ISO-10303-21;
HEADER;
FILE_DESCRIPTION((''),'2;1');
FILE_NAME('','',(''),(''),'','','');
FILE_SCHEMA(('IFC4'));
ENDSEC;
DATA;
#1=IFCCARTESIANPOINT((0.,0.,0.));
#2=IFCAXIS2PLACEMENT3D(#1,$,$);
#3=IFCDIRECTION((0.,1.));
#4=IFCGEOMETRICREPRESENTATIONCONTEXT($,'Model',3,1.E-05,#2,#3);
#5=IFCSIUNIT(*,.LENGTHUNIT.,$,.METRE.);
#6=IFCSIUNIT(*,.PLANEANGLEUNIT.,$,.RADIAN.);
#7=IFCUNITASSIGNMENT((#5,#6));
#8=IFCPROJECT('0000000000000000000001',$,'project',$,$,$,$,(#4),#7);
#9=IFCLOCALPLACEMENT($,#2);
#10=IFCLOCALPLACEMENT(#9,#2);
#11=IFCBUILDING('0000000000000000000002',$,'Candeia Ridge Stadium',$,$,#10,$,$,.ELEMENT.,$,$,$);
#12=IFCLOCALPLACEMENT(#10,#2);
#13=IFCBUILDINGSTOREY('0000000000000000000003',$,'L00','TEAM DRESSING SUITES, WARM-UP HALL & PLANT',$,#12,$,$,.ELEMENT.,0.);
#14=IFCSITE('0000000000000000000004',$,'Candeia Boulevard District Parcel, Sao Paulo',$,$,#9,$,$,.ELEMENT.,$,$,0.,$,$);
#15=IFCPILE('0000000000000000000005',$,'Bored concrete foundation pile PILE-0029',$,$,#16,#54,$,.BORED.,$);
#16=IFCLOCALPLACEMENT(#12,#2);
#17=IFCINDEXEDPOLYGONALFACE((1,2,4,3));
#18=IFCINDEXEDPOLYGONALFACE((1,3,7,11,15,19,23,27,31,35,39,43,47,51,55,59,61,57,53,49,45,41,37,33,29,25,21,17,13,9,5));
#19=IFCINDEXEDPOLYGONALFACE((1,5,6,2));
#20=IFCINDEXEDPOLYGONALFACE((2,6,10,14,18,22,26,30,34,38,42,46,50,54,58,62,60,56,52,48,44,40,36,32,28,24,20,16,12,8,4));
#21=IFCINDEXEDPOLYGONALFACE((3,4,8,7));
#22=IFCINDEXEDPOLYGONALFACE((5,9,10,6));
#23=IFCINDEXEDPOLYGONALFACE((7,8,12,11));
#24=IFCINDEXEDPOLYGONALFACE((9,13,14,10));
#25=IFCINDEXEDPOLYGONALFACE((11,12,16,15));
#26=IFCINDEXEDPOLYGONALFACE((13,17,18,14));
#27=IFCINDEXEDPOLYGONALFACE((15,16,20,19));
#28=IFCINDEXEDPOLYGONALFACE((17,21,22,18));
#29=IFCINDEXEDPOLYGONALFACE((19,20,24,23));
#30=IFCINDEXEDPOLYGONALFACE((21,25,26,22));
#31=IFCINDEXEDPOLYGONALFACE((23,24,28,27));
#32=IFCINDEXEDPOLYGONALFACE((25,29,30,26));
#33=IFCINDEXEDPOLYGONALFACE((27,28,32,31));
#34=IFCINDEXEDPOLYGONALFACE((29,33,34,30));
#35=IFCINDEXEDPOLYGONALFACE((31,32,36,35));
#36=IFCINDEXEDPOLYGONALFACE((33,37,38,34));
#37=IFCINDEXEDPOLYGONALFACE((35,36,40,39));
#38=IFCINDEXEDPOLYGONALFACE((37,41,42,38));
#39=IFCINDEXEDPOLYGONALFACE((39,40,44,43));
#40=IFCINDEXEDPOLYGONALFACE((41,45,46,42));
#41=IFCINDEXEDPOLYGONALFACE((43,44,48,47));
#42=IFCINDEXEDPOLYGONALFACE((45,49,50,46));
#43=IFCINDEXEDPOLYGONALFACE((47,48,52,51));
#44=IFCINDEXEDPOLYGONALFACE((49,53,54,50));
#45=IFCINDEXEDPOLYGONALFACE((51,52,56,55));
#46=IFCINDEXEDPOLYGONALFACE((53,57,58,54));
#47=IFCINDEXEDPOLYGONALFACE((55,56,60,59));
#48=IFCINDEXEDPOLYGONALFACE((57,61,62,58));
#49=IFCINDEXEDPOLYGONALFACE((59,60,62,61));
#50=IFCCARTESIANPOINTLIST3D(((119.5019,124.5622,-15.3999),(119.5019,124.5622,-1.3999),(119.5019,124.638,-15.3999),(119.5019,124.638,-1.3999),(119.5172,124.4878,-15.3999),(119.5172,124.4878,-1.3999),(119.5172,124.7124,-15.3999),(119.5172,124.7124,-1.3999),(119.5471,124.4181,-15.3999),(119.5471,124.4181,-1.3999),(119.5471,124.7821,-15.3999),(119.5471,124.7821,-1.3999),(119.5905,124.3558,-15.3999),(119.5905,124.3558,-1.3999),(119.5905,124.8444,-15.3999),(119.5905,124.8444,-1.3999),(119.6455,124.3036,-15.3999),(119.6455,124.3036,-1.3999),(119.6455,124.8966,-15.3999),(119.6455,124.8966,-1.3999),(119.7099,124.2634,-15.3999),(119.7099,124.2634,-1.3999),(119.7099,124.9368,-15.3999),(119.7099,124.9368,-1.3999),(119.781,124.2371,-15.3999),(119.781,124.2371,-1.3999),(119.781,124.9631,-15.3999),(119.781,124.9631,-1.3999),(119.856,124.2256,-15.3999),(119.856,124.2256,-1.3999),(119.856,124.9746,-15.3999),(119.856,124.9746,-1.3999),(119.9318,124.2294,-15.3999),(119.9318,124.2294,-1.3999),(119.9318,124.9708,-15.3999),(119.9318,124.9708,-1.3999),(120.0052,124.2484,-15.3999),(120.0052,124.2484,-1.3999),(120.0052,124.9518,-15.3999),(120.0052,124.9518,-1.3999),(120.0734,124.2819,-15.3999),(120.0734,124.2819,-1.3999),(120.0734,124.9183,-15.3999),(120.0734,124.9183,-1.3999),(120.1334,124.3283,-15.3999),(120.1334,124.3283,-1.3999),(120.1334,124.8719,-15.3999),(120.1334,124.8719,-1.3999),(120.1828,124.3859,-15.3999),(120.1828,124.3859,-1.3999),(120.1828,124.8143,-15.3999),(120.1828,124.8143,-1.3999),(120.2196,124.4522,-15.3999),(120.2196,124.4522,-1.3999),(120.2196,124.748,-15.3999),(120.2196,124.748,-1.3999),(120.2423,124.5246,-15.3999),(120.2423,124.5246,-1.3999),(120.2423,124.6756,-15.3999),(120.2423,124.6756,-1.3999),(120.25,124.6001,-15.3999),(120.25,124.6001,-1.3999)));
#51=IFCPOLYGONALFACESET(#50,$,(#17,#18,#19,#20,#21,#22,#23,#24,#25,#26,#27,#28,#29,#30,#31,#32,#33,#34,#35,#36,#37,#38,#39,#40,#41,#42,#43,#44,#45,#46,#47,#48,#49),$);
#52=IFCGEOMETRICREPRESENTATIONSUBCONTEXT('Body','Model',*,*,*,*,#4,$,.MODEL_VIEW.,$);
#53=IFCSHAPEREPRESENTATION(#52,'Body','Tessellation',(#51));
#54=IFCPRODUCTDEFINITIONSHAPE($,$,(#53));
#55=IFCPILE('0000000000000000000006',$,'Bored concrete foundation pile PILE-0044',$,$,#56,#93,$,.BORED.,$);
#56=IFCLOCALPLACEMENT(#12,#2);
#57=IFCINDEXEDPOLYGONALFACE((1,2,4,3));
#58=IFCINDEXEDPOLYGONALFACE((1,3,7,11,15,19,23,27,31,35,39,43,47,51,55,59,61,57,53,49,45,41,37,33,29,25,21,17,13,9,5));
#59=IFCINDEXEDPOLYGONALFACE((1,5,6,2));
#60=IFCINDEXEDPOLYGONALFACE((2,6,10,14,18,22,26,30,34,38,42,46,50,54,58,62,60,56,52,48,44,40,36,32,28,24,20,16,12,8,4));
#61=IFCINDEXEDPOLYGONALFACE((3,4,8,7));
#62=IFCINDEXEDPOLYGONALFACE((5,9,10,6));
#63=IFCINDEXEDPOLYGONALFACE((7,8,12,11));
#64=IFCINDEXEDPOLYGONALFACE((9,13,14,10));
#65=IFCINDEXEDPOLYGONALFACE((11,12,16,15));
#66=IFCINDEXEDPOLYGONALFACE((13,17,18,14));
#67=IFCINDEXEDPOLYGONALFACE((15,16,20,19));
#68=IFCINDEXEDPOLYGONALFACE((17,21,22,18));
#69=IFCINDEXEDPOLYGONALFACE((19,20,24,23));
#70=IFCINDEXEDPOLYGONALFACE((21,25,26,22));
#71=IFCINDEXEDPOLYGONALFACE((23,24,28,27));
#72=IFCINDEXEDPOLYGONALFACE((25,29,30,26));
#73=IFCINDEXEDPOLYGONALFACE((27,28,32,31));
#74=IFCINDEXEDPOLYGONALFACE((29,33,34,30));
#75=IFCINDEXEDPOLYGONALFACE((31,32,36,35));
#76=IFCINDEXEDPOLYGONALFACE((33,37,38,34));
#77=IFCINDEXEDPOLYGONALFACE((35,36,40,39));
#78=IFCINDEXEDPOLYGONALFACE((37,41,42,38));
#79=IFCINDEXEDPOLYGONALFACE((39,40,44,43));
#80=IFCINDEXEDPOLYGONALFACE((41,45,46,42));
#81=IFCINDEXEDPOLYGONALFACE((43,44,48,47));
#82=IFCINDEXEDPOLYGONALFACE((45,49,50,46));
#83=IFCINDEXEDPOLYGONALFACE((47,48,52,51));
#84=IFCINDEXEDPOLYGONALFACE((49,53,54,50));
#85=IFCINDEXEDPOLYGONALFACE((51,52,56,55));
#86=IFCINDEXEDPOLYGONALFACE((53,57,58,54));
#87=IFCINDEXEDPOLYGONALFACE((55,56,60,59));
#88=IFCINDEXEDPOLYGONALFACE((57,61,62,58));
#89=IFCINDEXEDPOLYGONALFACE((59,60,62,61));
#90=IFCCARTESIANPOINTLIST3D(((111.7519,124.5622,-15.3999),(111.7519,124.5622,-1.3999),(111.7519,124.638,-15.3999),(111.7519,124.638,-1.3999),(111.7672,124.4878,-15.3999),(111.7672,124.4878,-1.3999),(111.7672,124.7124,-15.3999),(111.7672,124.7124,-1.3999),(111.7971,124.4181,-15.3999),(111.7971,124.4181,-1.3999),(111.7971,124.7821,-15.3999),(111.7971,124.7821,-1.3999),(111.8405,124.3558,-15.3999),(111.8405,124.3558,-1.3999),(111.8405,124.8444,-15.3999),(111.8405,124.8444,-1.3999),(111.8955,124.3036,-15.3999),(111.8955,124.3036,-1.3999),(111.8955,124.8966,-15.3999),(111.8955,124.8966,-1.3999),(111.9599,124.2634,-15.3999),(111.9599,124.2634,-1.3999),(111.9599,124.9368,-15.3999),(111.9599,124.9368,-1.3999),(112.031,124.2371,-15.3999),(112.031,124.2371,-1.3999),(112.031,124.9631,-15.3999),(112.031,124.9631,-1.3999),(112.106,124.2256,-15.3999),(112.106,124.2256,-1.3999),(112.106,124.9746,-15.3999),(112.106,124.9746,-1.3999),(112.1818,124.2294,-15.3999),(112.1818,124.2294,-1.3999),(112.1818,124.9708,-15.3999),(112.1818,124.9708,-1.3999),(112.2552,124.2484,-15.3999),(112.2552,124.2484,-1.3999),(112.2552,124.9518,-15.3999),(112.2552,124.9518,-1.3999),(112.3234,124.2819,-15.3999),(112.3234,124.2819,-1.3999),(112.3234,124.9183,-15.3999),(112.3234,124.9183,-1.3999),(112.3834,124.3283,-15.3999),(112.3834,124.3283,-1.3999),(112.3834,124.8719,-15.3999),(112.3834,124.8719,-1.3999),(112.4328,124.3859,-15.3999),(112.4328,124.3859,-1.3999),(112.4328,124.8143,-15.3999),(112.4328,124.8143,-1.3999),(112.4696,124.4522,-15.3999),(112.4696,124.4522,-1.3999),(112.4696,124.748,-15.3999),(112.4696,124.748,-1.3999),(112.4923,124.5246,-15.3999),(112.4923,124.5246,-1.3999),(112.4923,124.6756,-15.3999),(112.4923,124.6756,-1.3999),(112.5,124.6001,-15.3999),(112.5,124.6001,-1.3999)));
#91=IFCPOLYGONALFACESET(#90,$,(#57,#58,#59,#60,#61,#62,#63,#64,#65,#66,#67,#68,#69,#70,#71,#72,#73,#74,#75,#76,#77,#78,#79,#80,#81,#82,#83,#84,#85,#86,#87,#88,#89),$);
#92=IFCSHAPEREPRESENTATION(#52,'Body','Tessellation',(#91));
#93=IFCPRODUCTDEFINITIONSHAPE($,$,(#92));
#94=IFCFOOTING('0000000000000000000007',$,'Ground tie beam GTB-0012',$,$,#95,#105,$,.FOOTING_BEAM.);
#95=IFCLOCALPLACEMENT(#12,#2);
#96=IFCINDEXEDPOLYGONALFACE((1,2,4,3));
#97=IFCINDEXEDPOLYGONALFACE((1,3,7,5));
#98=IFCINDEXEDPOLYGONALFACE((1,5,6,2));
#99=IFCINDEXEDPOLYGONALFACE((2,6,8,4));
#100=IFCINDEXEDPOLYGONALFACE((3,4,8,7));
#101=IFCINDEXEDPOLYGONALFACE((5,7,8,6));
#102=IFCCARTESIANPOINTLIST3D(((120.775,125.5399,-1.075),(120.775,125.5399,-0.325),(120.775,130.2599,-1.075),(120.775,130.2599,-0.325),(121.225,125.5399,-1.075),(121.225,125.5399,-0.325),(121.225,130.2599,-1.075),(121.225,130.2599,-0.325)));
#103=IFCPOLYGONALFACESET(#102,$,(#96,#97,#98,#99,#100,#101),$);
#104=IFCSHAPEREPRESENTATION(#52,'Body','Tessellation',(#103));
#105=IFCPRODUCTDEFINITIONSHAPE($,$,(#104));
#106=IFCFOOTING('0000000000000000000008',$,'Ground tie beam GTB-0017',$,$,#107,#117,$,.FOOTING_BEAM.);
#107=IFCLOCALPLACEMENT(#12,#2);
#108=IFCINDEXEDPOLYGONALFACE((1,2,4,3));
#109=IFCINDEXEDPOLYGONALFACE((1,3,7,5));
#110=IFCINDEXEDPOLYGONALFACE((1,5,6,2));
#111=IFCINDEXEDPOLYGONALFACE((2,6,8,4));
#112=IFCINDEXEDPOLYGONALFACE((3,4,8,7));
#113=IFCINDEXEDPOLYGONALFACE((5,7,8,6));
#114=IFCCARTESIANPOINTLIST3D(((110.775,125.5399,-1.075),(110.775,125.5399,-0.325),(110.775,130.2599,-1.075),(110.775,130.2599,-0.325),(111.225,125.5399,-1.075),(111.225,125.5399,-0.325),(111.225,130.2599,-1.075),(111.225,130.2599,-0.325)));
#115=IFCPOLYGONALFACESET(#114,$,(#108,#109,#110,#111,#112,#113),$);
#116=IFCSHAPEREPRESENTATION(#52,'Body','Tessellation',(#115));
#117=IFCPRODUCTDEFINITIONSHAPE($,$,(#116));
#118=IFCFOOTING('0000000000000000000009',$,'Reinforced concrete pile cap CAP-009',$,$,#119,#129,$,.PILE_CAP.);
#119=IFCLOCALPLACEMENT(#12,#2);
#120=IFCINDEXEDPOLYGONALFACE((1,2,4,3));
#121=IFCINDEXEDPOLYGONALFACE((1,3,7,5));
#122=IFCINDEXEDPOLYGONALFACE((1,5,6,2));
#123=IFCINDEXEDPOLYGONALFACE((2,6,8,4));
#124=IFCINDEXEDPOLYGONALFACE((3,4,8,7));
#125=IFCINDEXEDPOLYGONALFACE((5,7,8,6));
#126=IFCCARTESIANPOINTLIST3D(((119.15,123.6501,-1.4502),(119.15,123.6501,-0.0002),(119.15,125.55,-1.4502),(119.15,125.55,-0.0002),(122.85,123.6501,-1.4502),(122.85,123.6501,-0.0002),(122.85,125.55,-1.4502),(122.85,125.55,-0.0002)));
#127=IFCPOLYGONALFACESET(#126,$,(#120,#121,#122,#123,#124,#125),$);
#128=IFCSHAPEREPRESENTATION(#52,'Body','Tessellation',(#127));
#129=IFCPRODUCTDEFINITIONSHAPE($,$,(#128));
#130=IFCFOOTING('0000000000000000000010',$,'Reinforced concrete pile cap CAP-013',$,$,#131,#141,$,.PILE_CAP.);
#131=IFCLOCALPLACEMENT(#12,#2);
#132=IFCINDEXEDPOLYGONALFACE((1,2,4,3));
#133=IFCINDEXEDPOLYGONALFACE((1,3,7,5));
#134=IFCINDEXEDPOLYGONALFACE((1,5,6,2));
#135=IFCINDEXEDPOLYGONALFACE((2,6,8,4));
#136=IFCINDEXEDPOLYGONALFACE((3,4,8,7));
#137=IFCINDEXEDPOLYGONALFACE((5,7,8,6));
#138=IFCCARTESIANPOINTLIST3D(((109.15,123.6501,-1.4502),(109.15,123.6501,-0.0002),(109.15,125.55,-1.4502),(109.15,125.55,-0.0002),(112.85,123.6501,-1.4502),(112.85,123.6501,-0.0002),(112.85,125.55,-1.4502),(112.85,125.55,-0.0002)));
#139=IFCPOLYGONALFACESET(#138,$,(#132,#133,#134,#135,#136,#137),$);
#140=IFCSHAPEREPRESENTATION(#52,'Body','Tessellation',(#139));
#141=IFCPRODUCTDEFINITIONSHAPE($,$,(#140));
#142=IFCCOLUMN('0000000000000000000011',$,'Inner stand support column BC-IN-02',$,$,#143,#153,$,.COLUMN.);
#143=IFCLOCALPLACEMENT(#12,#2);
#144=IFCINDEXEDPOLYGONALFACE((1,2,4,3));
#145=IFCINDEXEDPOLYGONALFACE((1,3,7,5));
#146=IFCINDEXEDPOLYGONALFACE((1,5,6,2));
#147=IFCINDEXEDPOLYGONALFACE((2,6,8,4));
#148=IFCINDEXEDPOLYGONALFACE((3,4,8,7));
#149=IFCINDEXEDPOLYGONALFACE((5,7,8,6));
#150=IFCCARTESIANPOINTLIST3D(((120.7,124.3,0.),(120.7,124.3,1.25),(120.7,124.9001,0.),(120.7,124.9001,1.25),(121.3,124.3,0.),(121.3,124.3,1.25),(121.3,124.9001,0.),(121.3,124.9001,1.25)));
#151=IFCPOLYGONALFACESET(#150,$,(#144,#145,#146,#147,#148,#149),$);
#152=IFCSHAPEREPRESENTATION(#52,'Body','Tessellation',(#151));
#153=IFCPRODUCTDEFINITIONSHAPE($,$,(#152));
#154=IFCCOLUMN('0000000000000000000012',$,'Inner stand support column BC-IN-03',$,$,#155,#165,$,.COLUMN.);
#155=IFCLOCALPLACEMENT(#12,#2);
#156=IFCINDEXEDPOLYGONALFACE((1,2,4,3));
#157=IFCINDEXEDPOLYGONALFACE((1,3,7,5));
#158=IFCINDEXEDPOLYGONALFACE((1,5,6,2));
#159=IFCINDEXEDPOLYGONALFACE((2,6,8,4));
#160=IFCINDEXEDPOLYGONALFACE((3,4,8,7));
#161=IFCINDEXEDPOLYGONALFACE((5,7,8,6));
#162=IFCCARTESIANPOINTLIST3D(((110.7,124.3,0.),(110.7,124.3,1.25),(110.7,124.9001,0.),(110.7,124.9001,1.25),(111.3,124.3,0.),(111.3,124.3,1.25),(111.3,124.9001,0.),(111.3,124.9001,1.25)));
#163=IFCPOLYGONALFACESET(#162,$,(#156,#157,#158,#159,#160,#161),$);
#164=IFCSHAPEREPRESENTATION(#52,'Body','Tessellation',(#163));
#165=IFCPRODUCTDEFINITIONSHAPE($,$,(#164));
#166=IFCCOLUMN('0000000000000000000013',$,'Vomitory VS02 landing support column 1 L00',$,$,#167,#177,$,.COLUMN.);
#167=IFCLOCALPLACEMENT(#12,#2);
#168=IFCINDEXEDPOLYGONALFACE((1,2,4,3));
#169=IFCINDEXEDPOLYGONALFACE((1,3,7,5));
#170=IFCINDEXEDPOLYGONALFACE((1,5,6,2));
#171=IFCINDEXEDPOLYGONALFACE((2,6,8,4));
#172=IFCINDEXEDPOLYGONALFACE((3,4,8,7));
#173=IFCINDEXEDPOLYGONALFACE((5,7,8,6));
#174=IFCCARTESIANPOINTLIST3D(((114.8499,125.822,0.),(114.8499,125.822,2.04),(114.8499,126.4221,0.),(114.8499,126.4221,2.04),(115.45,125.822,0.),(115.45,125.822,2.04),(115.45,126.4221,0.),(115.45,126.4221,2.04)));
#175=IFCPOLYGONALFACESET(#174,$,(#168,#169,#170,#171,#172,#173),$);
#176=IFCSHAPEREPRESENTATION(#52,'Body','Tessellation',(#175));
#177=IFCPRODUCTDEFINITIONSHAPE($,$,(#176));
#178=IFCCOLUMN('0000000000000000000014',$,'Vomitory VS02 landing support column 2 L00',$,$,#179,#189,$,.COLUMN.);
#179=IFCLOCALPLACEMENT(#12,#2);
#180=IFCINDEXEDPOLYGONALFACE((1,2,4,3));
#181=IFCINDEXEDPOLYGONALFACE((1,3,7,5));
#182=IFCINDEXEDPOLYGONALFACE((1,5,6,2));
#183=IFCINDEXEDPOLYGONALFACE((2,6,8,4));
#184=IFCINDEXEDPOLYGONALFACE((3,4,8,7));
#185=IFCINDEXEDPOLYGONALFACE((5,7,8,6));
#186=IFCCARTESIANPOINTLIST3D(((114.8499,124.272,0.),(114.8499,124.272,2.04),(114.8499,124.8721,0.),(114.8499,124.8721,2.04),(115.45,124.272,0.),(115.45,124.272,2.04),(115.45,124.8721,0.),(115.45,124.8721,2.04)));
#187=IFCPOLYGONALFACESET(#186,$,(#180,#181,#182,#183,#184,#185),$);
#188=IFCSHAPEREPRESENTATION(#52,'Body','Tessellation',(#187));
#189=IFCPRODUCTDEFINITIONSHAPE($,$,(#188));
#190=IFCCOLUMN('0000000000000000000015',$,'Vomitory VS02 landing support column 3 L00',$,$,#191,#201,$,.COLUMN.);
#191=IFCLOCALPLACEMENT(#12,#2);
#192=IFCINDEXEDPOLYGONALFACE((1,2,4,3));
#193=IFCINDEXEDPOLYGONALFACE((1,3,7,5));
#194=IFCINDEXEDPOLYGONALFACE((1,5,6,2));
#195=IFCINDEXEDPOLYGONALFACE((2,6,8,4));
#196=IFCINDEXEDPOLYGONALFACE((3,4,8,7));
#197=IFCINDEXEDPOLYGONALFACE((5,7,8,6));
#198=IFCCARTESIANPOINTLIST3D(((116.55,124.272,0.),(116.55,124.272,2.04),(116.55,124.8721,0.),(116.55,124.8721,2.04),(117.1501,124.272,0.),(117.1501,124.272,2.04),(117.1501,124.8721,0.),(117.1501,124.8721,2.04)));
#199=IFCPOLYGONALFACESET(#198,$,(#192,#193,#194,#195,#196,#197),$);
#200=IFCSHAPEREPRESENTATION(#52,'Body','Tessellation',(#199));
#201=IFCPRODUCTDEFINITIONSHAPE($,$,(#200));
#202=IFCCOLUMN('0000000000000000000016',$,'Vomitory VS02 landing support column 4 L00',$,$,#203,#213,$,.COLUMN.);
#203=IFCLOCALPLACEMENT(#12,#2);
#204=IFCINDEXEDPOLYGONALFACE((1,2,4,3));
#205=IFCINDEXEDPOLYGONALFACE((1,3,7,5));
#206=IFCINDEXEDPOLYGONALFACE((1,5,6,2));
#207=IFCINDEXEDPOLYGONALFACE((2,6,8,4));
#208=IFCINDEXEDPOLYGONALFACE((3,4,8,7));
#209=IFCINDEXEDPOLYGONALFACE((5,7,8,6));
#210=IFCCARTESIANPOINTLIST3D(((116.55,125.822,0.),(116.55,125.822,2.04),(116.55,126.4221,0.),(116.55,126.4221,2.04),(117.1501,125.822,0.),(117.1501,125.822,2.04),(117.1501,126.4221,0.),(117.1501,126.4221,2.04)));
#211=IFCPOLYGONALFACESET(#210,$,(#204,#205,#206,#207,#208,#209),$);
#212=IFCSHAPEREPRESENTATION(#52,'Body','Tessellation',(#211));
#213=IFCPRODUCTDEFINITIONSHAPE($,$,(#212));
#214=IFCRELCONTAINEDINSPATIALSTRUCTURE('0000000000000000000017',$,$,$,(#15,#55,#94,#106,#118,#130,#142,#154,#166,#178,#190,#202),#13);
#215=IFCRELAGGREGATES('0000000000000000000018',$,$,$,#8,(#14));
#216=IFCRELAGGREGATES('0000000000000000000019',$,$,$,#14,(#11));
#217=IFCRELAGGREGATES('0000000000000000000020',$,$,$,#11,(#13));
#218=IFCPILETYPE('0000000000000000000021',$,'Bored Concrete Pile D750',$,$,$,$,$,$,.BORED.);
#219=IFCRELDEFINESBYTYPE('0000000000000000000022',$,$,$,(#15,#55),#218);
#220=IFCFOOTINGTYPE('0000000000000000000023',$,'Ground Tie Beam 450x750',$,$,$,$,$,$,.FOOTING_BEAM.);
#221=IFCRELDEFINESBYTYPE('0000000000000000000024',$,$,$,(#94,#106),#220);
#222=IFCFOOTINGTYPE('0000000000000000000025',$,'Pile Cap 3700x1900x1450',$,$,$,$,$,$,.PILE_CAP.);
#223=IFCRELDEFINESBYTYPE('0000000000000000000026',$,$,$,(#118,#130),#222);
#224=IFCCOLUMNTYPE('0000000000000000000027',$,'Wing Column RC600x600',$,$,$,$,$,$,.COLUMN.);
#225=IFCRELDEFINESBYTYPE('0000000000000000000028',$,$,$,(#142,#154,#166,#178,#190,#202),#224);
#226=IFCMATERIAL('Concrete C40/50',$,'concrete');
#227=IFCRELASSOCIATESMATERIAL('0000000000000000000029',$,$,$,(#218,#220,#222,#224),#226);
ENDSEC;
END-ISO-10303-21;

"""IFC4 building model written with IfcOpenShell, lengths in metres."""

from ifc_helpers import new_model, si_unit, direction, frame, origin, origin_2d, place, context, subcontext, project, spatial, rectangle, circle, extrude, material, material_profile, profile_set, type_object, element, save


model = new_model("IFC4")

# Units and contexts
model_context = context("Model", 3, precision=1e-05, world=origin(), true_north=direction((0.0, 1.0)))
body_context = subcontext(model_context, "Body", "Model", "MODEL_VIEW")
ifc_project = project(units=[si_unit("LENGTHUNIT", "METRE"), si_unit("PLANEANGLEUNIT", "RADIAN")], contexts=[model_context])

# Site, building, storey
site_placement = place(None, origin())
site = spatial("IfcSite", under=ifc_project, at=site_placement, Name="Candeia Boulevard District Parcel, Sao Paulo", CompositionType="ELEMENT", RefElevation=0.0)
building_placement = place(site_placement, origin())
building = spatial("IfcBuilding", under=site, at=building_placement, Name="Candeia Ridge Stadium", CompositionType="ELEMENT")
storey_placement = place(building_placement, origin())
storey = spatial("IfcBuildingStorey", under=building, at=storey_placement, Name="L00", Description="TEAM DRESSING SUITES, WARM-UP HALL & PLANT", CompositionType="ELEMENT", Elevation=0.0)

# Piles
ifc_material_1 = material(Name="Concrete C40/50", Category="concrete")
ifc_material_profile_1 = material_profile(ifc_material_1, circle(Radius=0.375, at=origin_2d()), Name="PILE-D750", Category="concrete")
ifc_profile_set_1 = profile_set([ifc_material_profile_1], Name="Concrete C40/50")
pile_type = type_object("IfcPileType", Name="Bored Concrete Pile D750", PredefinedType="BORED", material=ifc_profile_set_1)
for number, where, z_axis, x_axis, name in (
    (1, (119.875, 124.6001, -1.3999), (0.0, 0.0, -1.0), (1.0, 0.0, 0.0), "Bored concrete foundation pile PILE-0029"),
    (2, (112.125, 124.6001, -1.3999), (0.0, 0.0, -1.0), (1.0, 0.0, 0.0), "Bored concrete foundation pile PILE-0044"),
):
    element("IfcPile", number, at=place(storey_placement, frame(where, z_axis=z_axis, x_axis=x_axis)), inside=storey, type_object=pile_type, Name=name, PredefinedType="BORED", context=body_context, shape_type="SweptSolid", body=[
        extrude(circle(Radius=0.375, at=origin_2d()), origin(), (0.0, 0.0, 1.0), 14.0),
    ])

# Footings
footing_type_1 = type_object("IfcFootingType", Name="Ground Tie Beam 450x750", PredefinedType="FOOTING_BEAM", material=ifc_material_1)
for number, where, z_axis, x_axis, name in (
    (3, (121.0, 127.8999, -1.075), (0.0, 0.0, 1.0), (0.0, 1.0, 0.0), "Ground tie beam GTB-0012"),
    (4, (111.0, 127.8999, -1.075), (0.0, 0.0, 1.0), (0.0, 1.0, 0.0), "Ground tie beam GTB-0017"),
):
    element("IfcFooting", number, at=place(storey_placement, frame(where, z_axis=z_axis, x_axis=x_axis)), inside=storey, type_object=footing_type_1, Name=name, PredefinedType="FOOTING_BEAM", context=body_context, shape_type="SweptSolid", body=[
        extrude(rectangle(XDim=4.72, YDim=0.45, at=origin_2d()), origin(), (0.0, 0.0, 1.0), 0.75),
    ])
footing_type_2 = type_object("IfcFootingType", Name="Pile Cap 3700x1900x1450", PredefinedType="PILE_CAP", material=ifc_material_1)
for number, where, z_axis, x_axis, name in (
    (5, (121.0, 124.6001, -1.4502), (0.0, 0.0, 1.0), (1.0, 0.0, 0.0), "Reinforced concrete pile cap CAP-009"),
    (6, (111.0, 124.6001, -1.4502), (0.0, 0.0, 1.0), (1.0, 0.0, 0.0), "Reinforced concrete pile cap CAP-013"),
):
    element("IfcFooting", number, at=place(storey_placement, frame(where, z_axis=z_axis, x_axis=x_axis)), inside=storey, type_object=footing_type_2, Name=name, PredefinedType="PILE_CAP", context=body_context, shape_type="SweptSolid", body=[
        extrude(rectangle(XDim=3.7, YDim=1.8999, at=origin_2d()), origin(), (0.0, 0.0, 1.0), 1.45),
    ])

# Columns
ifc_material_profile_2 = material_profile(ifc_material_1, rectangle(XDim=0.6001, YDim=0.6001, at=origin_2d()), Name="RC600x600", Category="concrete")
ifc_profile_set_2 = profile_set([ifc_material_profile_2], Name="Concrete C40/50")
column_type = type_object("IfcColumnType", Name="Wing Column RC600x600", PredefinedType="COLUMN", material=ifc_profile_set_2)
for number, where, z_axis, x_axis, name in (
    (7, (121.0, 124.6001, 0.0), (0.0, 0.0, 1.0), (1.0, 0.0, 0.0), "Inner stand support column BC-IN-02"),
    (8, (111.0, 124.6001, 0.0), (0.0, 0.0, 1.0), (1.0, 0.0, 0.0), "Inner stand support column BC-IN-03"),
):
    element("IfcColumn", number, at=place(storey_placement, frame(where, z_axis=z_axis, x_axis=x_axis)), inside=storey, type_object=column_type, Name=name, PredefinedType="COLUMN", context=body_context, shape_type="SweptSolid", body=[
        extrude(rectangle(XDim=0.6001, YDim=0.6001, at=origin_2d()), origin(), (0.0, 0.0, 1.0), 1.25),
    ])
for number, where, z_axis, x_axis, name in (
    (9, (115.1499, 126.1221, 0.0), (0.0, 0.0, 1.0), (1.0, 0.0, 0.0), "Vomitory VS02 landing support column 1 L00"),
    (10, (115.1499, 124.572, 0.0), (0.0, 0.0, 1.0), (1.0, 0.0, 0.0), "Vomitory VS02 landing support column 2 L00"),
    (11, (116.8501, 124.572, 0.0), (0.0, 0.0, 1.0), (1.0, 0.0, 0.0), "Vomitory VS02 landing support column 3 L00"),
    (12, (116.8501, 126.1221, 0.0), (0.0, 0.0, 1.0), (1.0, 0.0, 0.0), "Vomitory VS02 landing support column 4 L00"),
):
    element("IfcColumn", number, at=place(storey_placement, frame(where, z_axis=z_axis, x_axis=x_axis)), inside=storey, type_object=column_type, Name=name, PredefinedType="COLUMN", context=body_context, shape_type="SweptSolid", body=[
        extrude(rectangle(XDim=0.6001, YDim=0.6001, at=origin_2d()), origin(), (0.0, 0.0, 1.0), 2.04),
    ])

save(model, "model.ifc")
